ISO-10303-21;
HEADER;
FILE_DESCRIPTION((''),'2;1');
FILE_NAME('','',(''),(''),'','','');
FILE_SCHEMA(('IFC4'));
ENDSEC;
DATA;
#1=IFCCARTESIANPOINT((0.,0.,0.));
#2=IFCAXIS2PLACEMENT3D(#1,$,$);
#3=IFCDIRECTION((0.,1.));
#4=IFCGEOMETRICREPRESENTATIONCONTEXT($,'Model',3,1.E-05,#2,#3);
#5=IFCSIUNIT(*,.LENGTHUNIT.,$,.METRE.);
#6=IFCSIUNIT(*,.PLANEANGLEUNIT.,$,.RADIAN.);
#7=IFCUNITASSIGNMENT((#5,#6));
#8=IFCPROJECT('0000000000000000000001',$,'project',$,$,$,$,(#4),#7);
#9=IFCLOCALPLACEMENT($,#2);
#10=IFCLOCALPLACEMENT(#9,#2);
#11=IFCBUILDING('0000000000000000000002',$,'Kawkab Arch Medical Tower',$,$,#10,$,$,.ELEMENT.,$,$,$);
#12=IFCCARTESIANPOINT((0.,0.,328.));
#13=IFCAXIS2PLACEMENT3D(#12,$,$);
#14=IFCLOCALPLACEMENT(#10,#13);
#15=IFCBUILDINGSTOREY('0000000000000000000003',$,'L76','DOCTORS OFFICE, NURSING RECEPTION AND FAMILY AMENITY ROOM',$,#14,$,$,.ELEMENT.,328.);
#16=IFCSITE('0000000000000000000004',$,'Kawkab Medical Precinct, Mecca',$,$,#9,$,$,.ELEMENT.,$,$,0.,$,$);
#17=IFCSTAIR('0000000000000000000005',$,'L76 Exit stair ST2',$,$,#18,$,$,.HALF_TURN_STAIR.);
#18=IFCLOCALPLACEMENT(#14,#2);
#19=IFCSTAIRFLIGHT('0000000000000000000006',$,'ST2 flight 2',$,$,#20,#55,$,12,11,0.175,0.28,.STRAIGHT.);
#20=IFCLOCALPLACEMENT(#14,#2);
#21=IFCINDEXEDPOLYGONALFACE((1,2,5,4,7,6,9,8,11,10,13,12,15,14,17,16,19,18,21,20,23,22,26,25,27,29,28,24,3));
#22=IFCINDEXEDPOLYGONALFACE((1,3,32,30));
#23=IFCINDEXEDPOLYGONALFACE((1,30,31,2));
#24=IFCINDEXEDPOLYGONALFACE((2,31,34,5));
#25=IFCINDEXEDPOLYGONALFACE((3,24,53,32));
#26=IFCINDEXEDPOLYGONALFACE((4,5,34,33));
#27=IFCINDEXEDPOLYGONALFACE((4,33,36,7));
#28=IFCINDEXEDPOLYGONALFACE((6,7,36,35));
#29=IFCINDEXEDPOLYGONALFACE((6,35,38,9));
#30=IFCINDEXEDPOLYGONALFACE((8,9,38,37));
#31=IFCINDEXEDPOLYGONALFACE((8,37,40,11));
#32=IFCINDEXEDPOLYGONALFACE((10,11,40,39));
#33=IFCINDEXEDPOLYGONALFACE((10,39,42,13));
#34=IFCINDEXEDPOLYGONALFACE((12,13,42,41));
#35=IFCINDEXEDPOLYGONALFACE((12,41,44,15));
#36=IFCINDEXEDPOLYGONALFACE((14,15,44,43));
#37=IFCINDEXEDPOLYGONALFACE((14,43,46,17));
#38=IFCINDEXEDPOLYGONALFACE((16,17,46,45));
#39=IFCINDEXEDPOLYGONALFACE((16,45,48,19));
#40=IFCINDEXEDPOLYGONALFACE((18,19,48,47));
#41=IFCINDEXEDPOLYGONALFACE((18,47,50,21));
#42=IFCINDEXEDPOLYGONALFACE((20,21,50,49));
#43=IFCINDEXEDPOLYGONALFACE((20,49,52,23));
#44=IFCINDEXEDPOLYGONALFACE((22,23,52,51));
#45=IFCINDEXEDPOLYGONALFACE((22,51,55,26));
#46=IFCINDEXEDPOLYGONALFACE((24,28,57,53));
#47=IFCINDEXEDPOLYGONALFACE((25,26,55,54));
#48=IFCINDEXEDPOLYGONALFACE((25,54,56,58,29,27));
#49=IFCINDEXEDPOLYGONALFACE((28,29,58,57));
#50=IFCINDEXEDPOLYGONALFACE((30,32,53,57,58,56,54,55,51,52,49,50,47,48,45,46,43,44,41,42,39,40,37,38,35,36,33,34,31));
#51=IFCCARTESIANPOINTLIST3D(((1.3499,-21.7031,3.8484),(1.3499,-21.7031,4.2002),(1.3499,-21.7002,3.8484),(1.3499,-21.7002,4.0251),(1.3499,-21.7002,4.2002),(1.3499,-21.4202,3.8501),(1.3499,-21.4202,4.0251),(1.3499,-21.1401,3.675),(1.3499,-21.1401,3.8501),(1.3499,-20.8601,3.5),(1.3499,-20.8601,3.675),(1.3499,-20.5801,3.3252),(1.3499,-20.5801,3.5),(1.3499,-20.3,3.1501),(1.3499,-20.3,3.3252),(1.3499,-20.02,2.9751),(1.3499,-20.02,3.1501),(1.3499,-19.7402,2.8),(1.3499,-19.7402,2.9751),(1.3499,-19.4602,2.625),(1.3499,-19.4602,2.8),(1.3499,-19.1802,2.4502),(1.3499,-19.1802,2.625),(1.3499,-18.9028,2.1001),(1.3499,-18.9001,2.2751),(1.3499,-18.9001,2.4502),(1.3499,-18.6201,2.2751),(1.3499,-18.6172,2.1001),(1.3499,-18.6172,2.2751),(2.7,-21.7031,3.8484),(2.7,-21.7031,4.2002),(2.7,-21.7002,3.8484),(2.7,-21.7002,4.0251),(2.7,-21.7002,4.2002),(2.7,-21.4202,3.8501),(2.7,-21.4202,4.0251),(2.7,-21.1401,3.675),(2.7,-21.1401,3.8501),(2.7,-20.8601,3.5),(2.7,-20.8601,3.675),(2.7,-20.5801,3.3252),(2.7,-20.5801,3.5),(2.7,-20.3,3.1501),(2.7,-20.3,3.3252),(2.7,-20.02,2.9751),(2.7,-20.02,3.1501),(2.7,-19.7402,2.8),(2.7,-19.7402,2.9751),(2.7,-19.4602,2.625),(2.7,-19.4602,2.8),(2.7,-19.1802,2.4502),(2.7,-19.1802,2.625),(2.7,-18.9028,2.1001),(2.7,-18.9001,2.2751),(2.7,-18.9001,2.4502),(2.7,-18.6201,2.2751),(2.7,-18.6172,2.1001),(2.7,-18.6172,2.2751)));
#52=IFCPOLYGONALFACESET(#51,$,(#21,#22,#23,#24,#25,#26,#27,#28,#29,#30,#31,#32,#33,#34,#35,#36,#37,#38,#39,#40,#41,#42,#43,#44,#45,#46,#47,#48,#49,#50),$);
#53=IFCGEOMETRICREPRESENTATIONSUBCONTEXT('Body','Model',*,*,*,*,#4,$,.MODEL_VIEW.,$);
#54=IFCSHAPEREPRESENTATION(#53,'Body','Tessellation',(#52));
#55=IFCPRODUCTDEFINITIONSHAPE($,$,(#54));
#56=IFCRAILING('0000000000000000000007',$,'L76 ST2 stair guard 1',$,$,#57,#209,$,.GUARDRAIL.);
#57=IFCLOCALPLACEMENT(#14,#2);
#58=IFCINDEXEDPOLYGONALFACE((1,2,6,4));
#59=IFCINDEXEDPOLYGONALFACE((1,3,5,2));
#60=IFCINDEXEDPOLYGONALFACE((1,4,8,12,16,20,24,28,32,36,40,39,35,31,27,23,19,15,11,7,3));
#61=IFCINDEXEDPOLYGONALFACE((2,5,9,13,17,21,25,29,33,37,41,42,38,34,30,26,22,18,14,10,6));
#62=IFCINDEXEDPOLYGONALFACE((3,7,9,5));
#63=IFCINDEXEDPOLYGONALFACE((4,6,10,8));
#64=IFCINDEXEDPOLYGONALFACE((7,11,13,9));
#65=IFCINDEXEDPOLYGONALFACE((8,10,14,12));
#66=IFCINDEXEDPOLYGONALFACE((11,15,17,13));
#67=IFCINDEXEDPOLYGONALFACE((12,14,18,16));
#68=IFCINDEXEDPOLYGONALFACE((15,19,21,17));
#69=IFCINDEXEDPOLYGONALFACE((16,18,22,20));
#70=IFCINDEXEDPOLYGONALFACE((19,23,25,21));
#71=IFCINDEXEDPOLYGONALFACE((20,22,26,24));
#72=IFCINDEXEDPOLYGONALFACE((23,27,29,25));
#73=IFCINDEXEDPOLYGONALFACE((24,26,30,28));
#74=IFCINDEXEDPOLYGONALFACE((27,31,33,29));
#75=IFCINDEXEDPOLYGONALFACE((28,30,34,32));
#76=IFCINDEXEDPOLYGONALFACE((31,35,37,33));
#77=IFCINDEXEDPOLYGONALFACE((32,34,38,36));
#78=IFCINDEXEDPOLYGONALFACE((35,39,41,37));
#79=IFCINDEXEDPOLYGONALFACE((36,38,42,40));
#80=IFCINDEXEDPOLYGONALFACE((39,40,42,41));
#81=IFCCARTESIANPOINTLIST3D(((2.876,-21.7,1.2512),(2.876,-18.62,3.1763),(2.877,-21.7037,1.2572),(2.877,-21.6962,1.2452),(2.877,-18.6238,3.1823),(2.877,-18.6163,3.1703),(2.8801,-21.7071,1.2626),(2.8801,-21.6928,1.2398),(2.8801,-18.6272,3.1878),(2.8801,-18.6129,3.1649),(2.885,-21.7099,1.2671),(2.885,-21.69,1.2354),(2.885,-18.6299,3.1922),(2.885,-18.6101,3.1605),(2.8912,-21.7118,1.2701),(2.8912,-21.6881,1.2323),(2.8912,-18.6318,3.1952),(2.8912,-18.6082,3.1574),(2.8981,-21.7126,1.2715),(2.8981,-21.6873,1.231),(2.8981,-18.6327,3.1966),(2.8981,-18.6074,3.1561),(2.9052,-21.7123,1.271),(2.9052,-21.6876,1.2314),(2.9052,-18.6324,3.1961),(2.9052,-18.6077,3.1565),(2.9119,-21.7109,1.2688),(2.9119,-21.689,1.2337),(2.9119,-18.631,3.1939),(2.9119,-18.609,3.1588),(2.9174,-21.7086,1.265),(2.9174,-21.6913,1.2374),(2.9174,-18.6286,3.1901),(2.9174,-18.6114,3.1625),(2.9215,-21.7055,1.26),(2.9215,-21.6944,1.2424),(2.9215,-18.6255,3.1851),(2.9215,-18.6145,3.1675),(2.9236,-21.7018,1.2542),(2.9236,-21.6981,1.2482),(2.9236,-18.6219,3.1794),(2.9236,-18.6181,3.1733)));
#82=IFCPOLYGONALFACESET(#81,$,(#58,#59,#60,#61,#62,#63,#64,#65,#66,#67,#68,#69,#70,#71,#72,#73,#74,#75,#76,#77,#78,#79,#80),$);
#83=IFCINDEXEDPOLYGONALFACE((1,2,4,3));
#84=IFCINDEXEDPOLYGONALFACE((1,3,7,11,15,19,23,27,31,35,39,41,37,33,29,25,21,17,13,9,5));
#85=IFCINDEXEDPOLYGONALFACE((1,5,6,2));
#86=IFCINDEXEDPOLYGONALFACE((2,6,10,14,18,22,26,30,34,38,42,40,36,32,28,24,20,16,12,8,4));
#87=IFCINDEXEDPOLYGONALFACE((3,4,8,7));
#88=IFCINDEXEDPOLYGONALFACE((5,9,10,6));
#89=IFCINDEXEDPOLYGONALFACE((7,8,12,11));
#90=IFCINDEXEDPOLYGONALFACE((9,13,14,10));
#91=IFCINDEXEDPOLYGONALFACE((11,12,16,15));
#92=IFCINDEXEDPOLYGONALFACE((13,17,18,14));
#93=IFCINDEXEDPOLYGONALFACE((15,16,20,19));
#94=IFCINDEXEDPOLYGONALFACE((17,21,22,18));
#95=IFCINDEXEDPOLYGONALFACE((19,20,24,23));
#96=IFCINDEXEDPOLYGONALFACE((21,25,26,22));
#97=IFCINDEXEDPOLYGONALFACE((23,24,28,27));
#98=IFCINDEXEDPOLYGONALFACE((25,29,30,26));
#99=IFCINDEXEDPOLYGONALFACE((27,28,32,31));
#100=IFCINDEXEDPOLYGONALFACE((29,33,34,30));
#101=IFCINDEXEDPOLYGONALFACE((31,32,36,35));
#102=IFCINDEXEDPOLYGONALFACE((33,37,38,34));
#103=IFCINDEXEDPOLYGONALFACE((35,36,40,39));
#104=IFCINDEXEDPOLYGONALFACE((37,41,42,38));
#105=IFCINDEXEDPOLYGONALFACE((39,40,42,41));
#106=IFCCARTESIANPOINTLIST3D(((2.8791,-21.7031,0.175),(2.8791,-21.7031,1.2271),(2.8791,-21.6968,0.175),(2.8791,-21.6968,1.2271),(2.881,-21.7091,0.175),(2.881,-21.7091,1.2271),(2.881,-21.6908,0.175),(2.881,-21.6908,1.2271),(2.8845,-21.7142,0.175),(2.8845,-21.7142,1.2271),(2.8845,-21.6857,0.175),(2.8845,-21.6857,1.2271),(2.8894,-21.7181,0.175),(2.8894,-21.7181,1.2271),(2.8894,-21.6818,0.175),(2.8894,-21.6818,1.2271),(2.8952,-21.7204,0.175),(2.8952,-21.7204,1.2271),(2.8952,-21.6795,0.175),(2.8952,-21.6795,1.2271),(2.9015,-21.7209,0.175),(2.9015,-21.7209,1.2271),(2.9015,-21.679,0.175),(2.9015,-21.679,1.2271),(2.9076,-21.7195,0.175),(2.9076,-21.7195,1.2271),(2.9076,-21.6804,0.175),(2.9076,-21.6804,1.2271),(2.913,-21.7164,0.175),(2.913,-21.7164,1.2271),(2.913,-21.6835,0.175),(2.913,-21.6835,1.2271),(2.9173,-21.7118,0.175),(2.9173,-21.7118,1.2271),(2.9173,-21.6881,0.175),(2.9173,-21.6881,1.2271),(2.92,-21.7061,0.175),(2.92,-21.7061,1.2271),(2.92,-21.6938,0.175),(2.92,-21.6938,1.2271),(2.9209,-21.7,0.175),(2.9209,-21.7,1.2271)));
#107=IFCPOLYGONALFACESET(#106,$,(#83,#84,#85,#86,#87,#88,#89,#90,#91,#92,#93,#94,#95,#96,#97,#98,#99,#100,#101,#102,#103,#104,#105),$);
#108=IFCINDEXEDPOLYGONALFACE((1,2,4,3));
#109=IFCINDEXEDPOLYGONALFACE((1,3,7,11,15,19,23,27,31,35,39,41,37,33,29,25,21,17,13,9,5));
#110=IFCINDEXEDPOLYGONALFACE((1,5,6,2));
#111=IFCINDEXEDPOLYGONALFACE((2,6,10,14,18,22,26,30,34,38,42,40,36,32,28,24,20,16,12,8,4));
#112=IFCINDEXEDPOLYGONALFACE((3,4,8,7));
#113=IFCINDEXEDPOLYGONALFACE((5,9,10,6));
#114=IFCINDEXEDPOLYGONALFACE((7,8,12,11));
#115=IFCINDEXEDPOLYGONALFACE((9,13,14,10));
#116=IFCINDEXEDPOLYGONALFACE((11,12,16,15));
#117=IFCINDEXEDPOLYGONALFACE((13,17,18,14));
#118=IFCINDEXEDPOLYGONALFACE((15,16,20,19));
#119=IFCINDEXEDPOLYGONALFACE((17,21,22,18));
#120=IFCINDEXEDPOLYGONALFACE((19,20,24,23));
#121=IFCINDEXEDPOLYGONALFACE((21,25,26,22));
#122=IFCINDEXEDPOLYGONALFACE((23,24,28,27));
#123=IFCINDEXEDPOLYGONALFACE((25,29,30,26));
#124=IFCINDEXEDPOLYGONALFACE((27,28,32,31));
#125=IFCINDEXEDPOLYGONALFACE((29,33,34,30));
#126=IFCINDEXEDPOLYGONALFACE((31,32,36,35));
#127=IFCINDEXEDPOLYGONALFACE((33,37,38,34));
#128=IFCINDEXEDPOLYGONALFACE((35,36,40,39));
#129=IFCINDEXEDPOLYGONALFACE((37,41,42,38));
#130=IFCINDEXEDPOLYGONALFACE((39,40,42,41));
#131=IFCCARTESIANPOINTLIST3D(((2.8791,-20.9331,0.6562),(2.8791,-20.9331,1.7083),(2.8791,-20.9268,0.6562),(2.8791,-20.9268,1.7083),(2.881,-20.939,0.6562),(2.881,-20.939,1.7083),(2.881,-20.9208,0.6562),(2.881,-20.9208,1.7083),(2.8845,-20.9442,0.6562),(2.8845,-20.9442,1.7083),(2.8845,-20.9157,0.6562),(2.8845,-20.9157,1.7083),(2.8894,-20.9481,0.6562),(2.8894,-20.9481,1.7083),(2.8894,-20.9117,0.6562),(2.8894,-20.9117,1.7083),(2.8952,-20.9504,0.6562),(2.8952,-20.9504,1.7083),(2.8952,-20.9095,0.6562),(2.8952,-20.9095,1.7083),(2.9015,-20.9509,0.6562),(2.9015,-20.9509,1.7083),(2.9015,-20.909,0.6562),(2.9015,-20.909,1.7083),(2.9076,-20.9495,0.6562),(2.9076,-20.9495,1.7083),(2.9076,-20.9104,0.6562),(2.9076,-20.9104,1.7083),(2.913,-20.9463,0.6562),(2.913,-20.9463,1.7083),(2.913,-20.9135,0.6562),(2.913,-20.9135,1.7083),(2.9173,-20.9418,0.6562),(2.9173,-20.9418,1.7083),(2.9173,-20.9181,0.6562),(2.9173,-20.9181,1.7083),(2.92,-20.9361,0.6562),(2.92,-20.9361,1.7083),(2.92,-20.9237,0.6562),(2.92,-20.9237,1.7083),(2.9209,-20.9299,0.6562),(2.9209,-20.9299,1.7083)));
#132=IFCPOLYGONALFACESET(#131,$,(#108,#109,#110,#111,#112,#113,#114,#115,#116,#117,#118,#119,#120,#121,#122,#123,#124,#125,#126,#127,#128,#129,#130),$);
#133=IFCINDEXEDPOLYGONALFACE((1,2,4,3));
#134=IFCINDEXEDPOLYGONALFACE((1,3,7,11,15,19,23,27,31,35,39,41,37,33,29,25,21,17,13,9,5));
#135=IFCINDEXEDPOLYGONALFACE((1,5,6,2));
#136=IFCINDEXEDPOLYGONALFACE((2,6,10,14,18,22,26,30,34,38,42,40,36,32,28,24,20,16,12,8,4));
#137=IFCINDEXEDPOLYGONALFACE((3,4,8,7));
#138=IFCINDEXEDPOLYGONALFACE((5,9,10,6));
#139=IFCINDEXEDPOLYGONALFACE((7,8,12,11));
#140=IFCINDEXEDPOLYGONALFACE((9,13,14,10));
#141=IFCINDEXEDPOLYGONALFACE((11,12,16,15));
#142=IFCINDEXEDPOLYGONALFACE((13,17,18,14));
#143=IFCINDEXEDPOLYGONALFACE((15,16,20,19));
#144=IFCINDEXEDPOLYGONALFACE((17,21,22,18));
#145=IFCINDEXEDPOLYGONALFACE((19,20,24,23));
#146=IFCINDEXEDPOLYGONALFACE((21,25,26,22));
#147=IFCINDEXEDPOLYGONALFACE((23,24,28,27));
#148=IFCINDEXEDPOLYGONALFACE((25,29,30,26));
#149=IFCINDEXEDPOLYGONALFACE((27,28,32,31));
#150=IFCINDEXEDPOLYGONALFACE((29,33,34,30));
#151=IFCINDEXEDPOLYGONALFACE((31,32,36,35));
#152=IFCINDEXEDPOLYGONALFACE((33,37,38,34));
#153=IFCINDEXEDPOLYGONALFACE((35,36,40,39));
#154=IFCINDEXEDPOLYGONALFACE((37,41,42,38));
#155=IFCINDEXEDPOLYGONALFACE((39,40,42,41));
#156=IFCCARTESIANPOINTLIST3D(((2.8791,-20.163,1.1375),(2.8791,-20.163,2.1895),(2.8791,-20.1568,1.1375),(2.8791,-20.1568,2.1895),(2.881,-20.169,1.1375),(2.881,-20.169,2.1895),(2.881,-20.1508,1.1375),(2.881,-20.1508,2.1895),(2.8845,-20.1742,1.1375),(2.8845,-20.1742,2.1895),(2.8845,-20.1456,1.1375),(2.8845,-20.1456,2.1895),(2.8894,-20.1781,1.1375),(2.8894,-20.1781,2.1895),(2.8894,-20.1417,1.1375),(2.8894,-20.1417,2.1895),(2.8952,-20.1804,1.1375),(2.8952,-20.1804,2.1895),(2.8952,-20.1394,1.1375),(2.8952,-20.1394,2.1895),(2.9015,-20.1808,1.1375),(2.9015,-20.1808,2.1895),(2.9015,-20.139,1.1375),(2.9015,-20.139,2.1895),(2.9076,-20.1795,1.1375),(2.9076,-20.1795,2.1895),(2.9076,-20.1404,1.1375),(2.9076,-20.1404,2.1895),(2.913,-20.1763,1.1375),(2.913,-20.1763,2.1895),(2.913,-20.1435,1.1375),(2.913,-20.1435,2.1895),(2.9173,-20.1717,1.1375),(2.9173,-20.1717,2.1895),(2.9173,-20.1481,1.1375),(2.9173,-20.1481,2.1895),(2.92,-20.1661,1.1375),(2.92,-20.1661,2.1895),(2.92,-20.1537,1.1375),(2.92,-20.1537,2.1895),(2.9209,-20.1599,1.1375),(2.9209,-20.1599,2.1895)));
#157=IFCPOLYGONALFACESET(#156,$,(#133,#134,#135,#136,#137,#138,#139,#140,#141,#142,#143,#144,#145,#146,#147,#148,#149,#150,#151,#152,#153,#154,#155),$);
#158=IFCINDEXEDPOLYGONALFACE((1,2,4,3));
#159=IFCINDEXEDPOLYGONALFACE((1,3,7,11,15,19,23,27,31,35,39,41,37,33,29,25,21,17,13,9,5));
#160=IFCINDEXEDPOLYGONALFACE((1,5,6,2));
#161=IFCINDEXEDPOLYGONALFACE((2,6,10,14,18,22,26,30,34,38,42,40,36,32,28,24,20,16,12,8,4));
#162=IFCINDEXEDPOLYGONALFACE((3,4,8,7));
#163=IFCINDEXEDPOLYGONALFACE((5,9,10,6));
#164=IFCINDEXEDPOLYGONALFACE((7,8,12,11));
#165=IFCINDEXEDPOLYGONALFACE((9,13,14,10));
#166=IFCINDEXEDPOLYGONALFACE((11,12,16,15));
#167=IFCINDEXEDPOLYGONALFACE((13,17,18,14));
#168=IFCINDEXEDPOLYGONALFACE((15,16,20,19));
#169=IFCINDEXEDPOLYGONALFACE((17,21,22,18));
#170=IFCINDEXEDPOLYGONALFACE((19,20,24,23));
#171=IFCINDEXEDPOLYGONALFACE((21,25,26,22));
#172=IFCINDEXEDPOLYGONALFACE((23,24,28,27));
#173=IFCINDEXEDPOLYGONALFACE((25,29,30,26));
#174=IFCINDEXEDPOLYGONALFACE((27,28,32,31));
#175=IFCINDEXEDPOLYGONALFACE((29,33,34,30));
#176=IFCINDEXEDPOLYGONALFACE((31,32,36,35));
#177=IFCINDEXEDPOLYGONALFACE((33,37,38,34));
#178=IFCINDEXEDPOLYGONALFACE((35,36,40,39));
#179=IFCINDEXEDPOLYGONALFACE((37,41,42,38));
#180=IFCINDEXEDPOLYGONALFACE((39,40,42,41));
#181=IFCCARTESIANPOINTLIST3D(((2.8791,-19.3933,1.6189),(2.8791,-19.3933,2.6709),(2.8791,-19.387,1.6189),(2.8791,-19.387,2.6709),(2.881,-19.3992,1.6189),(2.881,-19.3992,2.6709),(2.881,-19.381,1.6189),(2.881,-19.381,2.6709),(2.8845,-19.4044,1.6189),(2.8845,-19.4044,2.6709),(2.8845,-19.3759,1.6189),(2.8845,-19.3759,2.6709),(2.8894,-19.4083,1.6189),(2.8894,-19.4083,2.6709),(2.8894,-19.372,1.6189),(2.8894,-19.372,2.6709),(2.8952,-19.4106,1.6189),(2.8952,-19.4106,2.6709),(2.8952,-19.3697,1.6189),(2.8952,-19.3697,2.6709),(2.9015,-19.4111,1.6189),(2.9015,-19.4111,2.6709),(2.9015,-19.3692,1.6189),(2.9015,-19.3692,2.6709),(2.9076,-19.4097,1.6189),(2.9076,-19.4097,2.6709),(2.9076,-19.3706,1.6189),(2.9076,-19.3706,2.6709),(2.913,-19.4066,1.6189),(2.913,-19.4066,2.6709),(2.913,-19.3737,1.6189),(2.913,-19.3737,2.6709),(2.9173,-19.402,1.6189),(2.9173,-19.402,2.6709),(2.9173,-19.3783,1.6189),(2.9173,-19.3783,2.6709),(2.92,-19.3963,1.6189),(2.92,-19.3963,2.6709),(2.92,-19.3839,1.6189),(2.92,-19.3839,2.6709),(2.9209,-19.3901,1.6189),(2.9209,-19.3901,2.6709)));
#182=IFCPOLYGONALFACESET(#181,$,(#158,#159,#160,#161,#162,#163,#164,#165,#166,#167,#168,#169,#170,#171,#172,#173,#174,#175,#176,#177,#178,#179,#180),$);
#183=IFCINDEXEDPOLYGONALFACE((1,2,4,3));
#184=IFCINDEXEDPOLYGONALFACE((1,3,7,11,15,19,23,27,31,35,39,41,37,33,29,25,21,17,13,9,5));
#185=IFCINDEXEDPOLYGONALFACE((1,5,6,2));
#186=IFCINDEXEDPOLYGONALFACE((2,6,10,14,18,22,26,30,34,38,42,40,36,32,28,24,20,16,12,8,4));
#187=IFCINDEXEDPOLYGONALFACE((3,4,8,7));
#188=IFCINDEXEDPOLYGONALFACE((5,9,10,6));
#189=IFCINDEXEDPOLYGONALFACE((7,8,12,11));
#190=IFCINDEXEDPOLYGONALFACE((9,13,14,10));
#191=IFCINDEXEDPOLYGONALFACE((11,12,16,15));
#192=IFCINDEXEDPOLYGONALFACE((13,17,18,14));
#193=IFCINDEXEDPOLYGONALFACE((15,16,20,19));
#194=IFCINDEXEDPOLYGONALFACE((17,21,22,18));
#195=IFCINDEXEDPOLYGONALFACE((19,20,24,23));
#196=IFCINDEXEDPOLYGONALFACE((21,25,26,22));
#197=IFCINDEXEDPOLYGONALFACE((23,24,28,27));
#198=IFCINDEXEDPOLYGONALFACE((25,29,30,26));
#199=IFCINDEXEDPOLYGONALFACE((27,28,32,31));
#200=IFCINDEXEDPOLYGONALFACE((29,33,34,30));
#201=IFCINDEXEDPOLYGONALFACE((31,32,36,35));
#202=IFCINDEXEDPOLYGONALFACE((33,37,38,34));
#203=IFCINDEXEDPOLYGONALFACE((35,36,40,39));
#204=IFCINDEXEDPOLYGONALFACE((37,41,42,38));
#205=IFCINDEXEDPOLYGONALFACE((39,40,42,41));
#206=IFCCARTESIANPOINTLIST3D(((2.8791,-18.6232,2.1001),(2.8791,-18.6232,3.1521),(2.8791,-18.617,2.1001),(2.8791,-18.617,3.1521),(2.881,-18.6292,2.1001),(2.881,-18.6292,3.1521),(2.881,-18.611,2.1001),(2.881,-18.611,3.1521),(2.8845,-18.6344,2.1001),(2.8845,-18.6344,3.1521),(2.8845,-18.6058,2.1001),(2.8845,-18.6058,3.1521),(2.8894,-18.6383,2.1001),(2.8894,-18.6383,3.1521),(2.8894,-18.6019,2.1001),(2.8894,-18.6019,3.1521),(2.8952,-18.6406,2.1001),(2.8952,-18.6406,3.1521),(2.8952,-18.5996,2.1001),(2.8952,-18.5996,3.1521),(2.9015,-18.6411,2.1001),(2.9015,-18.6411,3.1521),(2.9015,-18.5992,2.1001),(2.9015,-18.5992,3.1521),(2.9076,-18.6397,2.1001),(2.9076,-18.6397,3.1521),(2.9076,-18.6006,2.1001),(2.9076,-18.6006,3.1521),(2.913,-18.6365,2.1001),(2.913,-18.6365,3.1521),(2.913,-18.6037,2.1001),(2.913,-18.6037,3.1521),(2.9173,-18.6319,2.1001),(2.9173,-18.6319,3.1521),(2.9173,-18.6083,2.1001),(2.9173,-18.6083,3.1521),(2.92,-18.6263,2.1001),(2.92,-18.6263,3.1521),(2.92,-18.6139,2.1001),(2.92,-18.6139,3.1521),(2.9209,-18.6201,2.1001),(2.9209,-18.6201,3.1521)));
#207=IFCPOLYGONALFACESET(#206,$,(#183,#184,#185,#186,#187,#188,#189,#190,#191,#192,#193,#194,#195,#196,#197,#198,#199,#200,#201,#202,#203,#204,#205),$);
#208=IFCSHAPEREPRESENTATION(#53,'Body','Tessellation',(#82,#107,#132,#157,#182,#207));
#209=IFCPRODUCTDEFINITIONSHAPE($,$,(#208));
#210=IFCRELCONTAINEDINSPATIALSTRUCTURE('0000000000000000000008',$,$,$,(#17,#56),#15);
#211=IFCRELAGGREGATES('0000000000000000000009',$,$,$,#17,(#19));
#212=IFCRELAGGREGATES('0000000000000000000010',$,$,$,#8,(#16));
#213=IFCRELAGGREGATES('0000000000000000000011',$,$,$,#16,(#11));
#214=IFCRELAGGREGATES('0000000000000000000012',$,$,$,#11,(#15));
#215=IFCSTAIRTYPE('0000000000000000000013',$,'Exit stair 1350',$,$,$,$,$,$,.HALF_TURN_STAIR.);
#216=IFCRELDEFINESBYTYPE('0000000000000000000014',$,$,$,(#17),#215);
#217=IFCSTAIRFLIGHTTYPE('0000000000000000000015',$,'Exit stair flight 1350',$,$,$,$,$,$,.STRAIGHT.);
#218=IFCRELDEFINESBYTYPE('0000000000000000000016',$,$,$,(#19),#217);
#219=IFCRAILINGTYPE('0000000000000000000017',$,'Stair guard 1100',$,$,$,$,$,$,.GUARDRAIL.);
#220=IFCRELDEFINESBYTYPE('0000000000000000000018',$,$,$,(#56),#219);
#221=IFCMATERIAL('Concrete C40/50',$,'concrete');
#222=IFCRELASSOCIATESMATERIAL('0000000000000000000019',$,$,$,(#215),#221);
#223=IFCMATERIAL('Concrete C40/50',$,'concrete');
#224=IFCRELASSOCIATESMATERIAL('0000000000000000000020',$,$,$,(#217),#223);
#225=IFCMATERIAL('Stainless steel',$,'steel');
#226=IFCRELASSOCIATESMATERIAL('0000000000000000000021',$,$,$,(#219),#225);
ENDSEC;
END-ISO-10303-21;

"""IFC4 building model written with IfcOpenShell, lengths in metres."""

from ifc_helpers import new_model, si_unit, direction, frame, origin, origin_2d, place, context, subcontext, project, spatial, polyline, circle, outline, extrude, material, type_object, element, aggregate, save


model = new_model("IFC4")

# Units and contexts
model_context = context("Model", 3, precision=1e-05, world=origin(), true_north=direction((0.0, 1.0)))
body_context = subcontext(model_context, "Body", "Model", "MODEL_VIEW")
ifc_project = project(units=[si_unit("LENGTHUNIT", "METRE"), si_unit("PLANEANGLEUNIT", "RADIAN")], contexts=[model_context])

# Site, building, storey
site_placement = place(None, origin())
site = spatial("IfcSite", under=ifc_project, at=site_placement, Name="Kawkab Medical Precinct, Mecca", CompositionType="ELEMENT", RefElevation=0.0)
building_placement = place(site_placement, origin())
building = spatial("IfcBuilding", under=site, at=building_placement, Name="Kawkab Arch Medical Tower", CompositionType="ELEMENT")
storey_placement = place(building_placement, frame((0.0, 0.0, 328.0)))
storey = spatial("IfcBuildingStorey", under=building, at=storey_placement, Name="L76", Description="DOCTORS OFFICE, NURSING RECEPTION AND FAMILY AMENITY ROOM", CompositionType="ELEMENT", Elevation=328.0)

# Stair, stair flight
ifc_material_1 = material(Name="Concrete C40/50", Category="concrete")
stair_type = type_object("IfcStairType", Name="Exit stair 1350", PredefinedType="HALF_TURN_STAIR", material=ifc_material_1)
stair_placement = place(storey_placement, origin())
stair = element("IfcStair", 1, at=stair_placement, inside=storey, type_object=stair_type, Name="L76 Exit stair ST2", PredefinedType="HALF_TURN_STAIR")
ifc_material_2 = material(Name="Concrete C40/50", Category="concrete")
stair_flight_type = type_object("IfcStairFlightType", Name="Exit stair flight 1350", PredefinedType="STRAIGHT", material=ifc_material_2)
stair_flight_1_placement = place(storey_placement, frame((2.0249, -18.6201, 2.1001), z_axis=(0.0, 0.0, 1.0), x_axis=(0.0, -1.0, 0.0)))
stair_flight_1 = element("IfcStairFlight", 2, at=stair_flight_1_placement, type_object=stair_flight_type, Name="ST2 flight 2", NumberOfRisers=12, NumberOfTreads=11, PredefinedType="STRAIGHT", RiserHeight=0.175, TreadLength=0.28, context=body_context, shape_type="SweptSolid", body=[
    extrude(outline(polyline([(-0.0029, 0.0), (-0.0029, 0.175), (0.0, 0.175), (0.28, 0.175), (0.28, 0.3501), (0.5601, 0.3501), (0.5601, 0.5249), (0.8401, 0.5249), (0.8401, 0.7), (1.1201, 0.7), (1.1201, 0.875), (1.3999, 0.875), (1.3999, 1.05), (1.6799, 1.05), (1.6799, 1.2251), (1.96, 1.2251), (1.96, 1.3999), (2.24, 1.3999), (2.24, 1.575), (2.52, 1.575), (2.52, 1.75), (2.8, 1.75), (2.8, 1.925), (3.0801, 1.925), (3.0801, 2.1001), (3.083, 2.1001), (3.083, 1.7483), (3.0801, 1.7483), (0.2827, 0.0), (-0.0029, 0.0)])), frame((0.0, 0.675, 0.0), z_axis=(0.0, -1.0, 0.0), x_axis=(1.0, 0.0, 0.0)), (0.0, 0.0, 1.0), 1.3501),
])
aggregate(stair, [stair_flight_1])

# Railing
ifc_material_3 = material(Name="Stainless steel", Category="steel")
railing_type = type_object("IfcRailingType", Name="Stair guard 1100", PredefinedType="GUARDRAIL", material=ifc_material_3)
railing_1_placement = place(storey_placement, frame((2.8999, -21.7, 0.175)))
element("IfcRailing", 3, at=railing_1_placement, inside=storey, type_object=railing_type, Name="L76 ST2 stair guard 1", PredefinedType="GUARDRAIL", context=body_context, shape_type="SweptSolid", body=[
    extrude(circle(Radius=0.0239, at=origin_2d()), frame((0.0, 0.0, 1.0762), z_axis=(0.0, 0.847979, 0.530029), x_axis=(-1.0, 0.0, 0.0)), (0.0, 0.0, 1.0), 3.6321),
    extrude(circle(Radius=0.021, at=origin_2d()), origin(), (0.0, 0.0, 1.0), 1.052),
    extrude(circle(Radius=0.021, at=origin_2d()), frame((0.0, 0.77, 0.4812)), (0.0, 0.0, 1.0), 1.052),
    extrude(circle(Radius=0.021, at=origin_2d()), frame((0.0, 1.54, 0.9624)), (0.0, 0.0, 1.0), 1.052),
    extrude(circle(Radius=0.021, at=origin_2d()), frame((0.0, 2.3098, 1.4438)), (0.0, 0.0, 1.0), 1.052),
    extrude(circle(Radius=0.021, at=origin_2d()), frame((0.0, 3.0798, 1.925)), (0.0, 0.0, 1.0), 1.052),
])

save(model, "model.ifc")
